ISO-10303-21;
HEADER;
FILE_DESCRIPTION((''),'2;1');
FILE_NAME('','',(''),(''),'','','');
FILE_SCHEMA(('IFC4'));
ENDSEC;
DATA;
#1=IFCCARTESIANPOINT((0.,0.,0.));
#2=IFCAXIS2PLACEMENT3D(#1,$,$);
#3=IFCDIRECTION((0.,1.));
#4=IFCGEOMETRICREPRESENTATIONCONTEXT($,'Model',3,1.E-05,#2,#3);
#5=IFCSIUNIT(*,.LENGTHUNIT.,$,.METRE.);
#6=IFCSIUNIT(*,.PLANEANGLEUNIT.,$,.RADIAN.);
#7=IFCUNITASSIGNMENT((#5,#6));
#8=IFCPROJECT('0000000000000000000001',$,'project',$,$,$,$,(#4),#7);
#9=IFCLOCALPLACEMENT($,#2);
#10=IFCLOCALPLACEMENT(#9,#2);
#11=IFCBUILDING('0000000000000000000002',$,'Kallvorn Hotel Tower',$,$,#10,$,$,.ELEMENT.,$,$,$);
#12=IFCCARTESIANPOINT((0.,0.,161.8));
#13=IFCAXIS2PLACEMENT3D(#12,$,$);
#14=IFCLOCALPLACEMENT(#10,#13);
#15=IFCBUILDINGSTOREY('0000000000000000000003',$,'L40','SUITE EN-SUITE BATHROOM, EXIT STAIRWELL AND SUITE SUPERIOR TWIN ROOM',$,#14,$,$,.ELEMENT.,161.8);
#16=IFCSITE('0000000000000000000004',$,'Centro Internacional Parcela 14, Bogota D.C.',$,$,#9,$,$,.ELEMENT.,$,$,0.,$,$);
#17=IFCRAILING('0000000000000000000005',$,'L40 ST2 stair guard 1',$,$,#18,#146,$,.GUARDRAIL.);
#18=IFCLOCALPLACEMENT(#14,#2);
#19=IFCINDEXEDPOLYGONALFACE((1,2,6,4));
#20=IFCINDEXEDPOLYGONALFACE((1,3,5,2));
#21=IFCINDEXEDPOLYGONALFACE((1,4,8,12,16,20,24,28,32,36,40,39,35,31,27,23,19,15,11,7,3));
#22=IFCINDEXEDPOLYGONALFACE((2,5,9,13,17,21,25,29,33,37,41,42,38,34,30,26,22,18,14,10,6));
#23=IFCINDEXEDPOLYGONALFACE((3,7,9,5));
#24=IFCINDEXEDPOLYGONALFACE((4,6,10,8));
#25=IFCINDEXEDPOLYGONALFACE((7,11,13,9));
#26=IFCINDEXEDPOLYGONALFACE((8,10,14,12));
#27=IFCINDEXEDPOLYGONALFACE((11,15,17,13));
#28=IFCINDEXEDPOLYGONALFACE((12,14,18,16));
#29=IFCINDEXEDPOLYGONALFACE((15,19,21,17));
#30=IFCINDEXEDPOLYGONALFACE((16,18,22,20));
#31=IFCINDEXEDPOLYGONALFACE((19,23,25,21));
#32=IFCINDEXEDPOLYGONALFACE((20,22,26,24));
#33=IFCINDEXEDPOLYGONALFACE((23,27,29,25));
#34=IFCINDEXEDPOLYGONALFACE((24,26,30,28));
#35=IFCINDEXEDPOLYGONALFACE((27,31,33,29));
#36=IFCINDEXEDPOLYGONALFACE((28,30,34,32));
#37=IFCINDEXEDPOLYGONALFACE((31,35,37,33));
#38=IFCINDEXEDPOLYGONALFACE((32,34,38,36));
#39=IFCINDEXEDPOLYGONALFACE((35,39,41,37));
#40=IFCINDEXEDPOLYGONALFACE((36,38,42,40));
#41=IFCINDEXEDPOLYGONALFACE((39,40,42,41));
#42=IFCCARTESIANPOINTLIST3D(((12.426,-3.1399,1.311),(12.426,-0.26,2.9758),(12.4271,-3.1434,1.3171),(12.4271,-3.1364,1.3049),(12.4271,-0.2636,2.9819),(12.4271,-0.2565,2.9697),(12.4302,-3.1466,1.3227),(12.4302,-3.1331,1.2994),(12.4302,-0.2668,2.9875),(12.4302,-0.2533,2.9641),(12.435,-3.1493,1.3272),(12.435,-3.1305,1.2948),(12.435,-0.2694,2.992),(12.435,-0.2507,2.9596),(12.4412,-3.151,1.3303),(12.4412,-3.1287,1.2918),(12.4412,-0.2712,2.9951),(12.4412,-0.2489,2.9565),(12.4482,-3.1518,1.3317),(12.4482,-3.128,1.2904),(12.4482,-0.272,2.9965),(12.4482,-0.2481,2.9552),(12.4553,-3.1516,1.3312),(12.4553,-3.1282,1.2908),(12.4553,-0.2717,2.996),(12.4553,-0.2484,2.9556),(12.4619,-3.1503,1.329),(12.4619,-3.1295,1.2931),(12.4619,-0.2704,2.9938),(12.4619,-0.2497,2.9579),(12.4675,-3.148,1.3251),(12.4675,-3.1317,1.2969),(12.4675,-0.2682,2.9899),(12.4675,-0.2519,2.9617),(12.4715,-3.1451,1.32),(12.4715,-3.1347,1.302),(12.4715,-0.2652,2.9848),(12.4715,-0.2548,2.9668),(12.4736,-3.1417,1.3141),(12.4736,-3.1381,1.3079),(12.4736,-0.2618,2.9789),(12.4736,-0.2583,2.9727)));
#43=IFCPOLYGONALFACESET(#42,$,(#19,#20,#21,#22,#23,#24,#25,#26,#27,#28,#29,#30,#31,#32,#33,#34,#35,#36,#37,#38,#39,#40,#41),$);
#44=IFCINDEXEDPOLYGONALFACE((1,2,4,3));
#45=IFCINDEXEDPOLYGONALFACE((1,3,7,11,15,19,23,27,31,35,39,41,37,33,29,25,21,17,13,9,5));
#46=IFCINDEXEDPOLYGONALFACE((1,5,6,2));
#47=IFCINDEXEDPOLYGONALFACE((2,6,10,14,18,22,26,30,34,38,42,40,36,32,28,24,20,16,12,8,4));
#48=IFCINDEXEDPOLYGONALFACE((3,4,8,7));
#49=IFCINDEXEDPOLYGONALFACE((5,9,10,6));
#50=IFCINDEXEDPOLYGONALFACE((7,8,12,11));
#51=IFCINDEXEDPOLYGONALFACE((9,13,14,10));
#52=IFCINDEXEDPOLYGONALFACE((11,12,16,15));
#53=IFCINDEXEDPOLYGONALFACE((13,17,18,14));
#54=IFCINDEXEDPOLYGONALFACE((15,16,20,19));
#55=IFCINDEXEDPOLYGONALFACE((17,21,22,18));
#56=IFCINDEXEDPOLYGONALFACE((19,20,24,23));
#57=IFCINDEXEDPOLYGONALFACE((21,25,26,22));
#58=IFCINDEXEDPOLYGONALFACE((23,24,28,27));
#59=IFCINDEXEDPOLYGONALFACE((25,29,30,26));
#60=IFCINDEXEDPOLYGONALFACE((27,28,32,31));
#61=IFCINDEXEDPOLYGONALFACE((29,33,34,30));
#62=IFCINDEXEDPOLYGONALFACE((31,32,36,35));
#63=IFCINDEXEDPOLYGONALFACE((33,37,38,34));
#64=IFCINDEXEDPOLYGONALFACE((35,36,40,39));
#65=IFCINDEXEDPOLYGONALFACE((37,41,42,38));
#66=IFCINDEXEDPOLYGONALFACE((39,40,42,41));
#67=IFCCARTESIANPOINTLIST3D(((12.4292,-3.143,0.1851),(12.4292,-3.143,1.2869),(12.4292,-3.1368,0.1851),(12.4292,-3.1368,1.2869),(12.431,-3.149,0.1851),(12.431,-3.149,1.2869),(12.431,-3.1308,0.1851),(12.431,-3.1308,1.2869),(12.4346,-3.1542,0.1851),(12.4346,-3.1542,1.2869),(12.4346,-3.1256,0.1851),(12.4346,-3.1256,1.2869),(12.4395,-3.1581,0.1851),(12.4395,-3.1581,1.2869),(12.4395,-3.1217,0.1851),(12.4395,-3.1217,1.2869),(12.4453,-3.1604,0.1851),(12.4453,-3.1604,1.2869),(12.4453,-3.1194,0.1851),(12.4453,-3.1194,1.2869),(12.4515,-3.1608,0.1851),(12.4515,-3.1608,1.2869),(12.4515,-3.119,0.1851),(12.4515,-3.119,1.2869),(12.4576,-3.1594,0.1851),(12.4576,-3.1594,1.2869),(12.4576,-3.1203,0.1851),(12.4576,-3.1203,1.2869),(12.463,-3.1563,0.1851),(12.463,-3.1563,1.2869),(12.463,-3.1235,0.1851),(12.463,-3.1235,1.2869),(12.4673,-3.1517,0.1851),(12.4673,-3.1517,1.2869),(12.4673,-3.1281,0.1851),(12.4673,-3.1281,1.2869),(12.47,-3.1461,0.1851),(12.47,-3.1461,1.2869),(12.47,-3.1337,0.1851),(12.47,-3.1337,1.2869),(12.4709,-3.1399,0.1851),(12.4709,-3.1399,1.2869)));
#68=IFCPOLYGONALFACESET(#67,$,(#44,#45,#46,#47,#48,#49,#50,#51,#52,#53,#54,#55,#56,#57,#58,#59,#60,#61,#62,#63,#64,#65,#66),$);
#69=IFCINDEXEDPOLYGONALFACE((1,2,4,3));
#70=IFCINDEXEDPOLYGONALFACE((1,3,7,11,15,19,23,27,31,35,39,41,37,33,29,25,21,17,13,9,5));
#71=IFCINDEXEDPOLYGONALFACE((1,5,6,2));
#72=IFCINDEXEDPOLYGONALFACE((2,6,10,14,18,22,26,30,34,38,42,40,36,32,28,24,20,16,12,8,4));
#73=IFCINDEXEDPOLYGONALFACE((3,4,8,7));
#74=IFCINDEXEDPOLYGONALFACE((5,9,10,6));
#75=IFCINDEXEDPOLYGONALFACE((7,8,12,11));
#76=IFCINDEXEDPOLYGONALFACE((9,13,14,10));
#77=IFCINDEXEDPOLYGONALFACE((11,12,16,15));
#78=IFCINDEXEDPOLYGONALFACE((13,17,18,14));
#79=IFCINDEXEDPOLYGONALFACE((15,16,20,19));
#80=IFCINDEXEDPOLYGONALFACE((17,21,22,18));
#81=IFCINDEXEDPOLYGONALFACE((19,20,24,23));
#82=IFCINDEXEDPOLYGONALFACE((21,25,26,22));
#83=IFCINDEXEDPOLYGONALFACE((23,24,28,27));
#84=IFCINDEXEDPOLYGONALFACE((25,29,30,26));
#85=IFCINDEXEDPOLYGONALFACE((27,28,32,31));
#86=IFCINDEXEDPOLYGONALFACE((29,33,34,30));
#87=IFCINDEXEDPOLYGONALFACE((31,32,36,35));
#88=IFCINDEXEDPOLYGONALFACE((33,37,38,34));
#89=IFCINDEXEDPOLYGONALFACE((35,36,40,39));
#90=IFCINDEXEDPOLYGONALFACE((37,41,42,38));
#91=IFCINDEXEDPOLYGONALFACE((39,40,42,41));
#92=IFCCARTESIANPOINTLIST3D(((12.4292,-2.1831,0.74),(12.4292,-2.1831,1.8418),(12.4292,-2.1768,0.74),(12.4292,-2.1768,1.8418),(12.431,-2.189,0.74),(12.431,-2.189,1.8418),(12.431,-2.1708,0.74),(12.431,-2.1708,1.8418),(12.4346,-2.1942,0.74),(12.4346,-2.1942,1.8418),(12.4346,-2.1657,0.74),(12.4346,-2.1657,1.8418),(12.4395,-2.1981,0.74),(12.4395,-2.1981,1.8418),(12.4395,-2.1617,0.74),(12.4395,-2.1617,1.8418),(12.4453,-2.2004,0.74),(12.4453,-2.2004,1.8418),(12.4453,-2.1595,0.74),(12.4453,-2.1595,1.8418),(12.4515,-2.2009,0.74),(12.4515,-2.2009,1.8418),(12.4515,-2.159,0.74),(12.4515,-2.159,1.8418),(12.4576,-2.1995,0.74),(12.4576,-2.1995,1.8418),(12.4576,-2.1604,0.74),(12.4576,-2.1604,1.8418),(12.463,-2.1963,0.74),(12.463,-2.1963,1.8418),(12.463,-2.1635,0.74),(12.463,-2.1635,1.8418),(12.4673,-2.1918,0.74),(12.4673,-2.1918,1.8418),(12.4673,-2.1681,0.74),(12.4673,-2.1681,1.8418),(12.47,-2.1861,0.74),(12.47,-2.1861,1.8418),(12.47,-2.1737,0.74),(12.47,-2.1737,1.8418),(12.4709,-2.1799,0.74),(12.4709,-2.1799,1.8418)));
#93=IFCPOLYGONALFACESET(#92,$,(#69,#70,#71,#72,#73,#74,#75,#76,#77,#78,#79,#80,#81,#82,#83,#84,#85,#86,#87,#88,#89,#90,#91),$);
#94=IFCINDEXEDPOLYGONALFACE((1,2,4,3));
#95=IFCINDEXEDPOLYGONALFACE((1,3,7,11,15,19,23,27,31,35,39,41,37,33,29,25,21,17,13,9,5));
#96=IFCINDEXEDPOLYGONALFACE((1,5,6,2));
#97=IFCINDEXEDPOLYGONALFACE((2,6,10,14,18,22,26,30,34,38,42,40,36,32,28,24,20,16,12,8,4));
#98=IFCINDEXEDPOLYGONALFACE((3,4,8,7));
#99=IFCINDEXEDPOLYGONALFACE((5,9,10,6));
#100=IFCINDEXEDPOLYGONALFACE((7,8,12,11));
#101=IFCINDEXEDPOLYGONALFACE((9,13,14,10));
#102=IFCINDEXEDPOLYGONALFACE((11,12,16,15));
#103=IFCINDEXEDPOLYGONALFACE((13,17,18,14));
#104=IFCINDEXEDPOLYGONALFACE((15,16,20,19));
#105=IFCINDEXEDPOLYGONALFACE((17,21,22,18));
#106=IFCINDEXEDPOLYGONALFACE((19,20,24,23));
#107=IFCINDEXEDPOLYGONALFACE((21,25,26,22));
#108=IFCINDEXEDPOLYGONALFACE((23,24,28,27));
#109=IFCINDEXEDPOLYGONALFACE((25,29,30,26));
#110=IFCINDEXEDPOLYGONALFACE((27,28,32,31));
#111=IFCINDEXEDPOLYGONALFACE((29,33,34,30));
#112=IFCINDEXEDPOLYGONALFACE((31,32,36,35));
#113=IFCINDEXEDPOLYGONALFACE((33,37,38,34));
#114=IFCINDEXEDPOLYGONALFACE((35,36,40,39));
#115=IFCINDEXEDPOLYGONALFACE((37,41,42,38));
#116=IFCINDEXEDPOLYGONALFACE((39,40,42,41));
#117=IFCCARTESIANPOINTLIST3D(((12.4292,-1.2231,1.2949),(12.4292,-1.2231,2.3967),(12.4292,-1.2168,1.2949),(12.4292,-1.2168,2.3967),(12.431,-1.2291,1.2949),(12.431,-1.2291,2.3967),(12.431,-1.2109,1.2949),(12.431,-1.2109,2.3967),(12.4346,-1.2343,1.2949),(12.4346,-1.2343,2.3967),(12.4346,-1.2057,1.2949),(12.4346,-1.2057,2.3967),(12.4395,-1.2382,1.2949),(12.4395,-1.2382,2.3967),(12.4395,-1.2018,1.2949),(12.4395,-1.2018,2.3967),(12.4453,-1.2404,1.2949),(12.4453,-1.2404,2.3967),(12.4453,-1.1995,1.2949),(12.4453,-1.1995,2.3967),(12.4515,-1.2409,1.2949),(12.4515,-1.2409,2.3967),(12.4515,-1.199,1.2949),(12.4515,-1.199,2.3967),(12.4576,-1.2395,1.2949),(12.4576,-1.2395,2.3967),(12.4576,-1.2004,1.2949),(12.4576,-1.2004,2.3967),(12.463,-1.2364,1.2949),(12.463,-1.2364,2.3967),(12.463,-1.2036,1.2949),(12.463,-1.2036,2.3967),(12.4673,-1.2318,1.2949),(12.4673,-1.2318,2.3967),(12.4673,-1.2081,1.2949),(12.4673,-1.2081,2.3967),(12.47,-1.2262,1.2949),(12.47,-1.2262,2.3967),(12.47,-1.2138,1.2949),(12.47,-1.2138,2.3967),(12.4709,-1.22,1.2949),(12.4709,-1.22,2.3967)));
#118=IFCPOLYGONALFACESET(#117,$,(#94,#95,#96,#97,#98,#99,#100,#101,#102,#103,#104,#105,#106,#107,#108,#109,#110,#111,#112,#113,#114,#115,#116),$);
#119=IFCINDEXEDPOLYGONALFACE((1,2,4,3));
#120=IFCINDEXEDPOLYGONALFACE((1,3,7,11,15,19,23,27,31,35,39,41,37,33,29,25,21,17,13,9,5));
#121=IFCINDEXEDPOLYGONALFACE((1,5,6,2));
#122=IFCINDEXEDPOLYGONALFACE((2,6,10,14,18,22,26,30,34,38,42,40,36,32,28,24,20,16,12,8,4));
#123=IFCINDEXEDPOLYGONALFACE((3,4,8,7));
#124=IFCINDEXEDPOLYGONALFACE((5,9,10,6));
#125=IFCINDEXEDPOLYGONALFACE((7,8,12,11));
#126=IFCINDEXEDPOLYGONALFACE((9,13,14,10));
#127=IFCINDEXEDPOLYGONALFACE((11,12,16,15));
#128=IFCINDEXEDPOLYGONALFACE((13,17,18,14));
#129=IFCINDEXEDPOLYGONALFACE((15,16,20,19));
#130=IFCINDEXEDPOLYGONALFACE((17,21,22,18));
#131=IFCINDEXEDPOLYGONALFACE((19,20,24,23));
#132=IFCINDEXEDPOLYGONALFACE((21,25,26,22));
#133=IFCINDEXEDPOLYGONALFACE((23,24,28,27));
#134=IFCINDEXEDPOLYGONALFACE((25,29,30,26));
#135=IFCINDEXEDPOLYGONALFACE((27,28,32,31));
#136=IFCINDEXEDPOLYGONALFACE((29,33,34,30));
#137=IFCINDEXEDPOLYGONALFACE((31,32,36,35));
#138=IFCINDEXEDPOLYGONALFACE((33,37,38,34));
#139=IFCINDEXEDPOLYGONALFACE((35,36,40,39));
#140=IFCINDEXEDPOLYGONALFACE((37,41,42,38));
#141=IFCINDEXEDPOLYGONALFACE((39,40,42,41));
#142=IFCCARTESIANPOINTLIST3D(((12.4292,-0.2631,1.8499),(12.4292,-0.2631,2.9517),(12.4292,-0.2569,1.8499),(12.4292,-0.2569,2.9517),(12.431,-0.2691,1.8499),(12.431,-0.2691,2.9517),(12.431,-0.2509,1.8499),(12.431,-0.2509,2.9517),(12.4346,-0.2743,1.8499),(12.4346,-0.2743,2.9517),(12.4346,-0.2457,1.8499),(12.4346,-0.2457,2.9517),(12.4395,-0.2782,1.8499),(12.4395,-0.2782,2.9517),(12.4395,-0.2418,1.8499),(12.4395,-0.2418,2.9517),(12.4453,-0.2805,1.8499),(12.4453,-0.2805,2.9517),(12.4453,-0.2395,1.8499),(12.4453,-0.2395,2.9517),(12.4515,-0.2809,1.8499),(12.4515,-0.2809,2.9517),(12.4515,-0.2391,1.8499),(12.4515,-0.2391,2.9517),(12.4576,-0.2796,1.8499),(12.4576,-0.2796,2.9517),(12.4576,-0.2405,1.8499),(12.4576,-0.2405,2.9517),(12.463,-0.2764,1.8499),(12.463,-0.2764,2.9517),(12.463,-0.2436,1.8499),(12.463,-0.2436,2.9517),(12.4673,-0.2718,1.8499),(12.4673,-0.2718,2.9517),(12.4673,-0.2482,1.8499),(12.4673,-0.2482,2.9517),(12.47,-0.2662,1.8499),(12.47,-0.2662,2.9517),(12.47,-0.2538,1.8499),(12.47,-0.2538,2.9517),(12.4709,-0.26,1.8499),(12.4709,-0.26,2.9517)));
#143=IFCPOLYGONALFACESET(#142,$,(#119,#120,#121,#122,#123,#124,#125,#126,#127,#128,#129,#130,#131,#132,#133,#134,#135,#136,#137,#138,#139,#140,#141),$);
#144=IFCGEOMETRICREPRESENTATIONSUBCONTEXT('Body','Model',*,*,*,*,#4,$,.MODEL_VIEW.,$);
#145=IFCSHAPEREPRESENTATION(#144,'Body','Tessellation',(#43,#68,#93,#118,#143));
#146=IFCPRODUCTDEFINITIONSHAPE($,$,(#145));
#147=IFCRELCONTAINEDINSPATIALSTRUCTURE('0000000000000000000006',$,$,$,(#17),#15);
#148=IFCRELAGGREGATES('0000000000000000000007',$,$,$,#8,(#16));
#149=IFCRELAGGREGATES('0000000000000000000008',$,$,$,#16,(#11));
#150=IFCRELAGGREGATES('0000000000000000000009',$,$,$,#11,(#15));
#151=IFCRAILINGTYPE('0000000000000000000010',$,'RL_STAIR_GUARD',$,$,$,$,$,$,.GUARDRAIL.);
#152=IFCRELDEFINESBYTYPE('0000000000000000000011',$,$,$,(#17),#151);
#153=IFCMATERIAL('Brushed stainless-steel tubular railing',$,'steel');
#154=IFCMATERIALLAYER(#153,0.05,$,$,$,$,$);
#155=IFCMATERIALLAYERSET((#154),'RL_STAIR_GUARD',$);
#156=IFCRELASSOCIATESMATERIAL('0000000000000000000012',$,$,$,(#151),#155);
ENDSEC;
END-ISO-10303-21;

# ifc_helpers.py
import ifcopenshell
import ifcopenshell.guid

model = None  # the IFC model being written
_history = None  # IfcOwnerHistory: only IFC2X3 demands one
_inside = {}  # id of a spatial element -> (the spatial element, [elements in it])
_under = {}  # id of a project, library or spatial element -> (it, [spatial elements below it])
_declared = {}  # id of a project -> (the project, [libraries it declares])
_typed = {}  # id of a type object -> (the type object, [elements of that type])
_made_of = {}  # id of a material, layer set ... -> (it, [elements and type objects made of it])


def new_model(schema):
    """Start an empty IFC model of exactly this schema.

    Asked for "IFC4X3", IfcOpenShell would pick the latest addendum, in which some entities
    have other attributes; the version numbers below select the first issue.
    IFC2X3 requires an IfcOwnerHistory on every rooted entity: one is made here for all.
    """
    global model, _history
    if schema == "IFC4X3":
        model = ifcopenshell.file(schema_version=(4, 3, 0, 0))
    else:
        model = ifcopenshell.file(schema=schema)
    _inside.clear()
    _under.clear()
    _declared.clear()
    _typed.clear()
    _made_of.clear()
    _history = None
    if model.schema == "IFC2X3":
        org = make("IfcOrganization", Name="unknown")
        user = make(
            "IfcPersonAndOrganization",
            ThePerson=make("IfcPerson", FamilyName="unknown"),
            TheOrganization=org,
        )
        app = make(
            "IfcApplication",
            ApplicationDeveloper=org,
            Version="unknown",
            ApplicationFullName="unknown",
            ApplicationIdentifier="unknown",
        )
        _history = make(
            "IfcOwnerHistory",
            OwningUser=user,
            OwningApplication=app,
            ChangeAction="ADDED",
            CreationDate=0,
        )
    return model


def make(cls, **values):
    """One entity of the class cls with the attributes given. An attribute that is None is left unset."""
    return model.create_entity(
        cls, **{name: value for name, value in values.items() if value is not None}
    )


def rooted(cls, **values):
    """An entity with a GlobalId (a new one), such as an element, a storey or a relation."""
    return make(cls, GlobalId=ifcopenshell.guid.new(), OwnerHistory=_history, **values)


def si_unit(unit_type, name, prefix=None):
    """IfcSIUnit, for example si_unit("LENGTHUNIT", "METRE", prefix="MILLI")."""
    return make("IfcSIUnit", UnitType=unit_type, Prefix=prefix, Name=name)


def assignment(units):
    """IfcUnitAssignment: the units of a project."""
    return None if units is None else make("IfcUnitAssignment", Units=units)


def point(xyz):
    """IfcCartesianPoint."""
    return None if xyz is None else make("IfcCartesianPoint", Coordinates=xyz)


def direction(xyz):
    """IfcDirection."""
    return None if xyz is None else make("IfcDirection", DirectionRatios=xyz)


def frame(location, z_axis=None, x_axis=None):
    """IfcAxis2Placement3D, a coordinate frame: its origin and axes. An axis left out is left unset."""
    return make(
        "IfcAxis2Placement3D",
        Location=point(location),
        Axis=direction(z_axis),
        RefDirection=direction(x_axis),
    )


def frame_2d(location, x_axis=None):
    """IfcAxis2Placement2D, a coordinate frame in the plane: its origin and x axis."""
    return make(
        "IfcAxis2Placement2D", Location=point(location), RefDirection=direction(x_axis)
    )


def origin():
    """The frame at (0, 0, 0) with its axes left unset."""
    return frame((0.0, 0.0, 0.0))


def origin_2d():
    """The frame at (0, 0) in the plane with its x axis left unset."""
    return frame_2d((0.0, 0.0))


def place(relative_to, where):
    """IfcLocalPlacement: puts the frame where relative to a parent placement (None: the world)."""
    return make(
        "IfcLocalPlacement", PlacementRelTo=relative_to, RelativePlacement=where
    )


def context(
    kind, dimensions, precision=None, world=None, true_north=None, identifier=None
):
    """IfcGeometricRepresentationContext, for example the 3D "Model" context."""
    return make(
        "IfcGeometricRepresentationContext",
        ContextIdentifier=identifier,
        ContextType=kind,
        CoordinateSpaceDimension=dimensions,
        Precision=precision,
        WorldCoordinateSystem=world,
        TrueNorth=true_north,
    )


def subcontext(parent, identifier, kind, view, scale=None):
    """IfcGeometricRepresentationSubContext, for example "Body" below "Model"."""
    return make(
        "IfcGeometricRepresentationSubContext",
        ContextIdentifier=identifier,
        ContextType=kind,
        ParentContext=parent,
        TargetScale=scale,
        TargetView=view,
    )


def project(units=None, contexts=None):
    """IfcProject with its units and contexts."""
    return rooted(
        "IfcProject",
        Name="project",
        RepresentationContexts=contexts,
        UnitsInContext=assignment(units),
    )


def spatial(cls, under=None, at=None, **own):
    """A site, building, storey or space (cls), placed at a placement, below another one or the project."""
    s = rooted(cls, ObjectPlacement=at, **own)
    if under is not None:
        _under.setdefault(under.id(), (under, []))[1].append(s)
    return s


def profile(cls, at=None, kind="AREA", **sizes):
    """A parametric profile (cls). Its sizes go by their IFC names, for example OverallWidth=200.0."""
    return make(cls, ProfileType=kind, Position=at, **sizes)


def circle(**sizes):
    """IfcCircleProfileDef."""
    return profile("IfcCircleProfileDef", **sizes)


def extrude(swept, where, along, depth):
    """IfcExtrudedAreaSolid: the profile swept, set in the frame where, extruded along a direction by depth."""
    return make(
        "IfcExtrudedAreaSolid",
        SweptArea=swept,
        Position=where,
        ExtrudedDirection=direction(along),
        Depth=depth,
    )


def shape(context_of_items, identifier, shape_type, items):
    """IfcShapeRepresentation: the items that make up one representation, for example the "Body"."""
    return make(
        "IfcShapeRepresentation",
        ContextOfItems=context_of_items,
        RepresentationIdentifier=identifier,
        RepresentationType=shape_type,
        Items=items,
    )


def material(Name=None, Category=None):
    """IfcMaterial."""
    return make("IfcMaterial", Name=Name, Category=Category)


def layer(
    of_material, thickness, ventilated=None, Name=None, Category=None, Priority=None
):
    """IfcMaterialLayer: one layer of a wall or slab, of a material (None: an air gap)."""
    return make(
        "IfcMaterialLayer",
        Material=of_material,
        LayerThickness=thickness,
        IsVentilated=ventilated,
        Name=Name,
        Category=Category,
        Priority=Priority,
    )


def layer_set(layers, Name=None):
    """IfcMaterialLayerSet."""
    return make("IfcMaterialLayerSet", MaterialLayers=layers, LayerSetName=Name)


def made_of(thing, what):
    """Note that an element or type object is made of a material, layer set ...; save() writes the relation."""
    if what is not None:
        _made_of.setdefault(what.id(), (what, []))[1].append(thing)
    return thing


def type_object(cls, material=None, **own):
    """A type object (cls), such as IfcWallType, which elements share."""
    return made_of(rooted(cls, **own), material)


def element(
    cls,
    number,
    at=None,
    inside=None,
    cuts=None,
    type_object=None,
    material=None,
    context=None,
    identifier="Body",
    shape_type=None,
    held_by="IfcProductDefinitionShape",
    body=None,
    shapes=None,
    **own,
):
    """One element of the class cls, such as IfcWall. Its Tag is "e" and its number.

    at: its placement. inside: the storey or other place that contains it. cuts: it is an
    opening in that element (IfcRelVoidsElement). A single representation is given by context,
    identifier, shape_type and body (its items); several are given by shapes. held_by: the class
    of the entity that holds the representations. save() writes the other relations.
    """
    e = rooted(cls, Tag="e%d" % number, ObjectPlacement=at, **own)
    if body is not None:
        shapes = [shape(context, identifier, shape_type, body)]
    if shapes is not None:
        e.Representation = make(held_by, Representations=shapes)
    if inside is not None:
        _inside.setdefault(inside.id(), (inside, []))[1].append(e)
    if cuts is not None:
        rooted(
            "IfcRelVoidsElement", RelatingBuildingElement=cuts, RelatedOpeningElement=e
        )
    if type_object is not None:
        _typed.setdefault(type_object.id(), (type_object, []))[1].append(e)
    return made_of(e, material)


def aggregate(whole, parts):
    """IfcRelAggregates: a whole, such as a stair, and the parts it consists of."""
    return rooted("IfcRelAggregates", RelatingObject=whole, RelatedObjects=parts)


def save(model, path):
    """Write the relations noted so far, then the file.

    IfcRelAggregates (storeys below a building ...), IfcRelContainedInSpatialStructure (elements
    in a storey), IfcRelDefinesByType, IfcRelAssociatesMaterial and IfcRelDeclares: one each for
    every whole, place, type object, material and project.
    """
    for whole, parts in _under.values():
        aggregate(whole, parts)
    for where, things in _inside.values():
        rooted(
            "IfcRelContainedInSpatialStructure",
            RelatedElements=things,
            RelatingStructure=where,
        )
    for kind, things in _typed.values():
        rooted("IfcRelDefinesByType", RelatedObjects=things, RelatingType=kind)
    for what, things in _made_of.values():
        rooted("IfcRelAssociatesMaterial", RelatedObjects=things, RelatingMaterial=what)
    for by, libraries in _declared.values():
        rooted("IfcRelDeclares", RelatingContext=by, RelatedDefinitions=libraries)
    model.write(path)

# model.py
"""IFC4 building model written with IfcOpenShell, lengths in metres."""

from ifc_helpers import new_model, si_unit, direction, frame, origin, origin_2d, place, context, subcontext, project, spatial, circle, extrude, material, layer, layer_set, type_object, element, save


model = new_model("IFC4")

# Units and contexts
model_context = context("Model", 3, precision=1e-05, world=origin(), true_north=direction((0.0, 1.0)))
body_context = subcontext(model_context, "Body", "Model", "MODEL_VIEW")
ifc_project = project(units=[si_unit("LENGTHUNIT", "METRE"), si_unit("PLANEANGLEUNIT", "RADIAN")], contexts=[model_context])

# Site, building, storey
site_placement = place(None, origin())
site = spatial("IfcSite", under=ifc_project, at=site_placement, Name="Centro Internacional Parcela 14, Bogota D.C.", CompositionType="ELEMENT", RefElevation=0.0)
building_placement = place(site_placement, origin())
building = spatial("IfcBuilding", under=site, at=building_placement, Name="Kallvorn Hotel Tower", CompositionType="ELEMENT")
storey_placement = place(building_placement, frame((0.0, 0.0, 161.8)))
storey = spatial("IfcBuildingStorey", under=building, at=storey_placement, Name="L40", Description="SUITE EN-SUITE BATHROOM, EXIT STAIRWELL AND SUITE SUPERIOR TWIN ROOM", CompositionType="ELEMENT", Elevation=161.8)

# Railing
ifc_material_1 = material(Name="Brushed stainless-steel tubular railing", Category="steel")
ifc_layer_1 = layer(ifc_material_1, 0.05)
ifc_layer_set_1 = layer_set([ifc_layer_1], Name="RL_STAIR_GUARD")
railing_type = type_object("IfcRailingType", Name="RL_STAIR_GUARD", PredefinedType="GUARDRAIL", material=ifc_layer_set_1)
railing_1_placement = place(storey_placement, frame((12.45, -3.1399, 0.1851)))
element("IfcRailing", 1, at=railing_1_placement, inside=storey, type_object=railing_type, Name="L40 ST2 stair guard 1", PredefinedType="GUARDRAIL", context=body_context, shape_type="SweptSolid", body=[
    extrude(circle(Radius=0.0239, at=origin_2d()), frame((0.0, 0.0, 1.126), z_axis=(0.0, 0.865753, 0.500472), x_axis=(-1.0, 0.0, 0.0)), (0.0, 0.0, 1.0), 3.3264),
    extrude(circle(Radius=0.021, at=origin_2d()), origin(), (0.0, 0.0, 1.0), 1.1018),
    extrude(circle(Radius=0.021, at=origin_2d()), frame((0.0, 0.96, 0.5549)), (0.0, 0.0, 1.0), 1.1018),
    extrude(circle(Radius=0.021, at=origin_2d()), frame((0.0, 1.9199, 1.1099)), (0.0, 0.0, 1.0), 1.1018),
    extrude(circle(Radius=0.021, at=origin_2d()), frame((0.0, 2.8799, 1.6648)), (0.0, 0.0, 1.0), 1.1018),
])

save(model, "model.ifc")
